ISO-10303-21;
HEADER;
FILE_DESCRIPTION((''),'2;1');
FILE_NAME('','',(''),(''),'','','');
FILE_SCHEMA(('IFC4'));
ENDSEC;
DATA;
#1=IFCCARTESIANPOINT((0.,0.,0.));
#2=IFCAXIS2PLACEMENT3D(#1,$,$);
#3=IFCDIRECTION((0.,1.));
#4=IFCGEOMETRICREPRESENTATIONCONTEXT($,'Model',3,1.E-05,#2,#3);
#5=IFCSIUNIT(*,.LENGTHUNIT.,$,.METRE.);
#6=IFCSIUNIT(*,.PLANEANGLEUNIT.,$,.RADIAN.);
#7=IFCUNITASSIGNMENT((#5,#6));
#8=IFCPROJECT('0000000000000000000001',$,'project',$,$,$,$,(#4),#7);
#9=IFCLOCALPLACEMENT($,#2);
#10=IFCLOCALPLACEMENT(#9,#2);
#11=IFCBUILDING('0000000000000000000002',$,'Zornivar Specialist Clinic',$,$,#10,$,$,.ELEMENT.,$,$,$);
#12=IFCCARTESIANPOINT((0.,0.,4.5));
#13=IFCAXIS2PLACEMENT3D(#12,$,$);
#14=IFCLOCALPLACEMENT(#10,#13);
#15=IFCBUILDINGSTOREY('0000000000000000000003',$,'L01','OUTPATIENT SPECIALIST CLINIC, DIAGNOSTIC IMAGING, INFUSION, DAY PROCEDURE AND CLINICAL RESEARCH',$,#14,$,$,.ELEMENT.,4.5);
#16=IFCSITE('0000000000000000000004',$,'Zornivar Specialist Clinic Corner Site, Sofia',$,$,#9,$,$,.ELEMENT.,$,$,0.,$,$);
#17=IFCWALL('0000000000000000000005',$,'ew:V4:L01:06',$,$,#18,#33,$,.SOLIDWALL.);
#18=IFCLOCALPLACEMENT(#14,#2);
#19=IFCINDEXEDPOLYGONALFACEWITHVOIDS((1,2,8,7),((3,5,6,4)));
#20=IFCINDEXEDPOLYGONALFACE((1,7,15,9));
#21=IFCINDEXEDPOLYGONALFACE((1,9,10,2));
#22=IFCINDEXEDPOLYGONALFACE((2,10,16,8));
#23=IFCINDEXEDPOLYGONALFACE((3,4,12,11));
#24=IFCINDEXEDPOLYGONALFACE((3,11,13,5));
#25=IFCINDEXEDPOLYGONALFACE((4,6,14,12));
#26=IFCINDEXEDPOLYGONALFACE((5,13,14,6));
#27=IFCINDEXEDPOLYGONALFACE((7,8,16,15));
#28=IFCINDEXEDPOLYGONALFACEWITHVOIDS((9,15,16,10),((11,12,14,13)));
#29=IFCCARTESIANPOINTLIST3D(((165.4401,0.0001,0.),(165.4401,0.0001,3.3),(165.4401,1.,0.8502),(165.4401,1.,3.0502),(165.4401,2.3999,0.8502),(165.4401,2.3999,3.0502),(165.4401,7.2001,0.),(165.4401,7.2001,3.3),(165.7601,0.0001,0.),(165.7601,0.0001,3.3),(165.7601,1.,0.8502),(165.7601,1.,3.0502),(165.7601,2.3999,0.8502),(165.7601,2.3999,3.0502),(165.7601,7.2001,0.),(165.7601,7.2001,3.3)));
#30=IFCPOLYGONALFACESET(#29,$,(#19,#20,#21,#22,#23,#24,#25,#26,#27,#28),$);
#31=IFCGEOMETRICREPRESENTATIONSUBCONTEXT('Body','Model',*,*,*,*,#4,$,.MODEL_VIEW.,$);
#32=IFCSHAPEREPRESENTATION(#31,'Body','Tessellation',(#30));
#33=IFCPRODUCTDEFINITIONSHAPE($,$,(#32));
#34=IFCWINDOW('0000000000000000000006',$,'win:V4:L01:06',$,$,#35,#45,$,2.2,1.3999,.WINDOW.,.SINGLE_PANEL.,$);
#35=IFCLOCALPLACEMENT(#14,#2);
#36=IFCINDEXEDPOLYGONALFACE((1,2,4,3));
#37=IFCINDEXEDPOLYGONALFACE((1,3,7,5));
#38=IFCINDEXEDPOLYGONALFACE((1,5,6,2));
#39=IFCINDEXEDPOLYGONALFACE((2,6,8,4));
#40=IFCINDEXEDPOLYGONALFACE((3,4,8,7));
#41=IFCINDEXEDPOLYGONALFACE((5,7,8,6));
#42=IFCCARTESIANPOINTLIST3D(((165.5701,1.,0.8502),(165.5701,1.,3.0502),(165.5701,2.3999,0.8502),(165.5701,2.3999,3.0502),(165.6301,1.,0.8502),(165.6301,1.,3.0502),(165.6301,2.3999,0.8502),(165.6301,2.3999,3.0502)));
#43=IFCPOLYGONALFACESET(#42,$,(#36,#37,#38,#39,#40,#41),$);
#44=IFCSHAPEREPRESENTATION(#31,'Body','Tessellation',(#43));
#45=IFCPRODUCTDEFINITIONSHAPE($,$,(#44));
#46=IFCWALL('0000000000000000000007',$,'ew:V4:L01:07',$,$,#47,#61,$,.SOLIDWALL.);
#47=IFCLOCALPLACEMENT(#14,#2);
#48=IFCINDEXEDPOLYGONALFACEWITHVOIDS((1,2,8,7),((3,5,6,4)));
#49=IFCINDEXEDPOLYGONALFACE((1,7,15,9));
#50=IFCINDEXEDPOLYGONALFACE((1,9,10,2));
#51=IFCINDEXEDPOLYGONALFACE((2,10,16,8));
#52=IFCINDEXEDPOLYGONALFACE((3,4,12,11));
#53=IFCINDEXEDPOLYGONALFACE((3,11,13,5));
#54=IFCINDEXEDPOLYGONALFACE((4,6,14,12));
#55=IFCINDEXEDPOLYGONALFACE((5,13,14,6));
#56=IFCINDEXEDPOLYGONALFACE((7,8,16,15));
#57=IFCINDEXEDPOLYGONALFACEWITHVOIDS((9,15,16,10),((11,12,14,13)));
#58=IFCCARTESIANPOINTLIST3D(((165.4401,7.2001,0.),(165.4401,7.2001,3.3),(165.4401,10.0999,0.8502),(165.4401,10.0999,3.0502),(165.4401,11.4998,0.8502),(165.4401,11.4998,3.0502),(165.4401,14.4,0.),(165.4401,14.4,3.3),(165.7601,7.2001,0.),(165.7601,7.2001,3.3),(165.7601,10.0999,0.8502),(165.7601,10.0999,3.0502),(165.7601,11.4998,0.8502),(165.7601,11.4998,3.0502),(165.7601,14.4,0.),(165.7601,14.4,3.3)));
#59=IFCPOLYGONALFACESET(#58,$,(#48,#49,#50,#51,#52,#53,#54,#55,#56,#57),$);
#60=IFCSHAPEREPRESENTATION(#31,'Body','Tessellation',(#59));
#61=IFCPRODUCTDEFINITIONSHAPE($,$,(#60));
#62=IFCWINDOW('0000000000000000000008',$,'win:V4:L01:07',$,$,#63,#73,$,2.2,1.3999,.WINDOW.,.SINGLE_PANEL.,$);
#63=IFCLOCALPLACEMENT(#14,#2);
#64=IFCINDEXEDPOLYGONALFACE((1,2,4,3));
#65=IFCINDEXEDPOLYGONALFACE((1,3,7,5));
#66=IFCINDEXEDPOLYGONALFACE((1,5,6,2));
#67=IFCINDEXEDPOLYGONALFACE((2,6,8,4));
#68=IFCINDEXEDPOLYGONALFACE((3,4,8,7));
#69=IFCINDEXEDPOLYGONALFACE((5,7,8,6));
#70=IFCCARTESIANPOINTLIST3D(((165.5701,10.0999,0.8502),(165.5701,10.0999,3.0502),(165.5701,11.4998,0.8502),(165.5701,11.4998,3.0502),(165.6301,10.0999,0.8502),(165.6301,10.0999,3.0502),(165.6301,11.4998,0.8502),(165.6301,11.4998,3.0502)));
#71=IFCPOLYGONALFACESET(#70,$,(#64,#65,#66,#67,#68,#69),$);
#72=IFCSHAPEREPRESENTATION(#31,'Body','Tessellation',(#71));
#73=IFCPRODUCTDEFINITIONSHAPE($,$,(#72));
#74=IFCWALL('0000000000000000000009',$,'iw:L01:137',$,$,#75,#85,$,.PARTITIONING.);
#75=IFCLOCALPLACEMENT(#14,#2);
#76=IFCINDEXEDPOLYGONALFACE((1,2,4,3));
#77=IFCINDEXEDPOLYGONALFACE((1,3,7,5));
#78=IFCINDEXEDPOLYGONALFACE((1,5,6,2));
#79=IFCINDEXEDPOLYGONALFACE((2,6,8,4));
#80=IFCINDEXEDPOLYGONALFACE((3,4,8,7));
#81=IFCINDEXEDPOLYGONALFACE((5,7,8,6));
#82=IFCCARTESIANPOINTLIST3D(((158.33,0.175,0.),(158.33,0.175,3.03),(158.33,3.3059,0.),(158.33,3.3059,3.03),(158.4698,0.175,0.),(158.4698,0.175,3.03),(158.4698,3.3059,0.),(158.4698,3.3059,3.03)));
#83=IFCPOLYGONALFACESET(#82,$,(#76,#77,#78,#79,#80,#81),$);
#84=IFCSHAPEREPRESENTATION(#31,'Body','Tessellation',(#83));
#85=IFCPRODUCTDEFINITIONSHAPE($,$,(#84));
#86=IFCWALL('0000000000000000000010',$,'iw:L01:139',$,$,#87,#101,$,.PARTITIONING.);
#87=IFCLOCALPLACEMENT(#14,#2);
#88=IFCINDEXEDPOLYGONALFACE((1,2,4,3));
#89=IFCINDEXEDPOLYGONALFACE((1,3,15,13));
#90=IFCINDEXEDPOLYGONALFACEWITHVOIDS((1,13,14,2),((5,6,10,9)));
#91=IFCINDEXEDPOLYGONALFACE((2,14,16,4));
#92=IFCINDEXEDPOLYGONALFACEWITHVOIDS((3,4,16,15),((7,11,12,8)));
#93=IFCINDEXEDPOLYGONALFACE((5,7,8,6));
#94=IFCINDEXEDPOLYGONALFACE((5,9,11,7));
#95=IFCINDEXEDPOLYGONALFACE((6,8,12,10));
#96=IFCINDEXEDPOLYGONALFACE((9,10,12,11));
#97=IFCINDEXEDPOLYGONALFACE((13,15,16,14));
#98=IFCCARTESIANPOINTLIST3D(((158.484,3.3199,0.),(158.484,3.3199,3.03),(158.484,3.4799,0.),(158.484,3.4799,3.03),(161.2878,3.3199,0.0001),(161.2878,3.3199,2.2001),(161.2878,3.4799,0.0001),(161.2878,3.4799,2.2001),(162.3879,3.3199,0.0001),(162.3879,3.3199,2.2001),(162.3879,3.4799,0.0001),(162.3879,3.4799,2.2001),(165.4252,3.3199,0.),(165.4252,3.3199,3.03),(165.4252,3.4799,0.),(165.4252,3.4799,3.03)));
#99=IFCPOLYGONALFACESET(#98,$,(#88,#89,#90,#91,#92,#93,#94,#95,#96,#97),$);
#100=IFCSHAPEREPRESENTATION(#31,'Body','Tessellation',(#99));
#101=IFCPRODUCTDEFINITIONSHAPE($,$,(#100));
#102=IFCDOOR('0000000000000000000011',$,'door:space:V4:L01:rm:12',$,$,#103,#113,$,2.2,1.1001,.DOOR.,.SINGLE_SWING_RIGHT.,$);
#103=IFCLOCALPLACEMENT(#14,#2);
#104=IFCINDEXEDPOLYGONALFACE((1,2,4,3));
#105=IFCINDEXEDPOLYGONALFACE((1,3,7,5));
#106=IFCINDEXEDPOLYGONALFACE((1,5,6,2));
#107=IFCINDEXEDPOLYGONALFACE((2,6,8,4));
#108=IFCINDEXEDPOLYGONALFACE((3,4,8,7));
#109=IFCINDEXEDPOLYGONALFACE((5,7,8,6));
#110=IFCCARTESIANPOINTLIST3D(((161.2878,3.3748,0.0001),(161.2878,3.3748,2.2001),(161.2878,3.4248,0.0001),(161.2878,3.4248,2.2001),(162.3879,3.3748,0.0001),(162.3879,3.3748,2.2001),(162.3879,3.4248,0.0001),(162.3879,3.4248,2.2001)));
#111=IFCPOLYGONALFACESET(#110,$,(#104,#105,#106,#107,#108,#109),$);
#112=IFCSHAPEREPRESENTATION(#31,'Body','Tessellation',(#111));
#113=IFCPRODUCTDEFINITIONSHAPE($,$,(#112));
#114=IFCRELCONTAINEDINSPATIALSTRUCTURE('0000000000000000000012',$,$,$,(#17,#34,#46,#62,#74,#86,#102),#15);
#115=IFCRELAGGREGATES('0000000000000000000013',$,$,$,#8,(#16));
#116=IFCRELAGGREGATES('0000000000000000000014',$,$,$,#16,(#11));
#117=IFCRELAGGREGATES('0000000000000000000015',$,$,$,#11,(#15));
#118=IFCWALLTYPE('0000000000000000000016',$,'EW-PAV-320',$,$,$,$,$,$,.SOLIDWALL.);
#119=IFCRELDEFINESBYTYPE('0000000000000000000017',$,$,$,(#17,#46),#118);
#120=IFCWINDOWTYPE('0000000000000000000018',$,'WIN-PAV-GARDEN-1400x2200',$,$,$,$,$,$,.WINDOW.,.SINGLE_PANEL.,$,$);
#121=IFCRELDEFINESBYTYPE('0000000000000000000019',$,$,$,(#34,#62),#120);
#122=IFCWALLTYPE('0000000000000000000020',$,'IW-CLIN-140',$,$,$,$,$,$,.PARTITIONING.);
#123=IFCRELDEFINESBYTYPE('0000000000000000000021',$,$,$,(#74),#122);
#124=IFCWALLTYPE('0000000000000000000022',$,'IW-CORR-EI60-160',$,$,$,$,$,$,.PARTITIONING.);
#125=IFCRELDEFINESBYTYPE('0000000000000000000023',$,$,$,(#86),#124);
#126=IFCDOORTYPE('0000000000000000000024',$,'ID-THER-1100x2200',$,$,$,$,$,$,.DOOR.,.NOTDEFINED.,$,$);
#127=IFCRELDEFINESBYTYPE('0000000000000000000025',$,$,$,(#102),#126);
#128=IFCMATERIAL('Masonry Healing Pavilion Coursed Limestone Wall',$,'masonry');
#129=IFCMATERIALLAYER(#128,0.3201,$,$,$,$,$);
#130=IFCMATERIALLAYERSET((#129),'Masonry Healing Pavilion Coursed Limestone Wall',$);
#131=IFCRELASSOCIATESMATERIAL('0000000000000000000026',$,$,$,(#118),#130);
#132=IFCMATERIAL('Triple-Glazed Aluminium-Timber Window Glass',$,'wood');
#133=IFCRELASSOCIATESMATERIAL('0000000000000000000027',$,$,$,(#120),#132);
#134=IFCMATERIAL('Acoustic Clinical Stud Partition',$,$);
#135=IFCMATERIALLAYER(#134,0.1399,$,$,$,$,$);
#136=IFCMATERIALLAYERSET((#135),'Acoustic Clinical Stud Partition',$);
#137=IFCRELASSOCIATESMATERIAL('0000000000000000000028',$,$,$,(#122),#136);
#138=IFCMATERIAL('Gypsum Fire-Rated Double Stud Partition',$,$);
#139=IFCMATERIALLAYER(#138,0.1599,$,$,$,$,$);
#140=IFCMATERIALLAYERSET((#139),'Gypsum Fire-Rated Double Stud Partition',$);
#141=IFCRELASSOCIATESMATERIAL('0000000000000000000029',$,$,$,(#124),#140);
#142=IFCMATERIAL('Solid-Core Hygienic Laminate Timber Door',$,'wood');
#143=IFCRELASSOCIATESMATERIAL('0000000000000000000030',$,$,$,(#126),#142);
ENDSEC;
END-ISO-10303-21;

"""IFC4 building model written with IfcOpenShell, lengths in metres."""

from ifc_helpers import new_model, si_unit, direction, frame, frame_2d, origin, place, context, subcontext, project, spatial, rectangle, extrude, material, layer, layer_set, type_object, element, fill, save


model = new_model("IFC4")

# Units and contexts
model_context = context("Model", 3, precision=1e-05, world=origin(), true_north=direction((0.0, 1.0)))
body_context = subcontext(model_context, "Body", "Model", "MODEL_VIEW")
ifc_project = project(units=[si_unit("LENGTHUNIT", "METRE"), si_unit("PLANEANGLEUNIT", "RADIAN")], contexts=[model_context])

# Site, building, storey
site_placement = place(None, origin())
site = spatial("IfcSite", under=ifc_project, at=site_placement, Name="Zornivar Specialist Clinic Corner Site, Sofia", CompositionType="ELEMENT", RefElevation=0.0)
building_placement = place(site_placement, origin())
building = spatial("IfcBuilding", under=site, at=building_placement, Name="Zornivar Specialist Clinic", CompositionType="ELEMENT")
storey_placement = place(building_placement, frame((0.0, 0.0, 4.5)))
storey = spatial("IfcBuildingStorey", under=building, at=storey_placement, Name="L01", Description="OUTPATIENT SPECIALIST CLINIC, DIAGNOSTIC IMAGING, INFUSION, DAY PROCEDURE AND CLINICAL RESEARCH", CompositionType="ELEMENT", Elevation=4.5)

# Walls, openings, windows
ifc_material_1 = material(Name="Masonry Healing Pavilion Coursed Limestone Wall", Category="masonry")
ifc_layer_1 = layer(ifc_material_1, 0.3201)
ifc_layer_set_1 = layer_set([ifc_layer_1], Name="Masonry Healing Pavilion Coursed Limestone Wall")
wall_type_1 = type_object("IfcWallType", Name="EW-PAV-320", PredefinedType="SOLIDWALL", material=ifc_layer_set_1)
ifc_material_2 = material(Name="Triple-Glazed Aluminium-Timber Window Glass", Category="wood")
window_type = type_object("IfcWindowType", Name="WIN-PAV-GARDEN-1400x2200", PartitioningType="SINGLE_PANEL", PredefinedType="WINDOW", material=ifc_material_2)
wall_1_placement = place(storey_placement, frame((165.6001, 0.0, 0.0), z_axis=(0.0, 0.0, 1.0), x_axis=(0.0, 1.0, 0.0)))
wall_1 = element("IfcWall", 1, at=wall_1_placement, inside=storey, type_object=wall_type_1, Name="ew:V4:L01:06", PredefinedType="SOLIDWALL", context=body_context, shape_type="SweptSolid", body=[
    extrude(rectangle(XDim=7.2, YDim=0.3201, at=frame_2d((3.6001, 0.0))), origin(), (0.0, 0.0, 1.0), 3.3),
])
opening_1_placement = place(wall_1_placement, frame((1.0, 0.0, 0.8501)))
opening_1 = element("IfcOpeningElement", 2, at=opening_1_placement, cuts=wall_1, PredefinedType="OPENING", context=body_context, shape_type="SweptSolid", body=[
    extrude(rectangle(XDim=1.3999, YDim=2.2, at=frame_2d((0.7, 1.1001))), frame((0.0, 0.1699, 0.0), z_axis=(0.0, -1.0, 0.0), x_axis=(1.0, 0.0, 0.0)), (0.0, 0.0, 1.0), 0.3401),
])
window_1_placement = place(opening_1_placement, origin())
window_1 = element("IfcWindow", 3, at=window_1_placement, inside=storey, type_object=window_type, Name="win:V4:L01:06", OverallHeight=2.2, OverallWidth=1.3999, PartitioningType="SINGLE_PANEL", PredefinedType="WINDOW", context=body_context, shape_type="SweptSolid", body=[
    extrude(rectangle(XDim=1.3999, YDim=2.2, at=frame_2d((0.7, 1.1001))), frame((0.0, 0.03, 0.0), z_axis=(0.0, -1.0, 0.0), x_axis=(1.0, 0.0, 0.0)), (0.0, 0.0, 1.0), 0.0601),
])
fill(opening_1, window_1)
wall_2_placement = place(storey_placement, frame((165.6001, 7.2, 0.0), z_axis=(0.0, 0.0, 1.0), x_axis=(0.0, 1.0, 0.0)))
wall_2 = element("IfcWall", 4, at=wall_2_placement, inside=storey, type_object=wall_type_1, Name="ew:V4:L01:07", PredefinedType="SOLIDWALL", context=body_context, shape_type="SweptSolid", body=[
    extrude(rectangle(XDim=7.2, YDim=0.3201, at=frame_2d((3.6001, 0.0))), origin(), (0.0, 0.0, 1.0), 3.3),
])
opening_2_placement = place(wall_2_placement, frame((2.8999, 0.0, 0.8501)))
opening_2 = element("IfcOpeningElement", 5, at=opening_2_placement, cuts=wall_2, PredefinedType="OPENING", context=body_context, shape_type="SweptSolid", body=[
    extrude(rectangle(XDim=1.3999, YDim=2.2, at=frame_2d((0.7, 1.1001))), frame((0.0, 0.1699, 0.0), z_axis=(0.0, -1.0, 0.0), x_axis=(1.0, 0.0, 0.0)), (0.0, 0.0, 1.0), 0.3401),
])
window_2_placement = place(opening_2_placement, origin())
window_2 = element("IfcWindow", 6, at=window_2_placement, inside=storey, type_object=window_type, Name="win:V4:L01:07", OverallHeight=2.2, OverallWidth=1.3999, PartitioningType="SINGLE_PANEL", PredefinedType="WINDOW", context=body_context, shape_type="SweptSolid", body=[
    extrude(rectangle(XDim=1.3999, YDim=2.2, at=frame_2d((0.7, 1.1001))), frame((0.0, 0.03, 0.0), z_axis=(0.0, -1.0, 0.0), x_axis=(1.0, 0.0, 0.0)), (0.0, 0.0, 1.0), 0.0601),
])
fill(opening_2, window_2)

# Wall
ifc_material_3 = material(Name="Acoustic Clinical Stud Partition")
ifc_layer_2 = layer(ifc_material_3, 0.1399)
ifc_layer_set_2 = layer_set([ifc_layer_2], Name="Acoustic Clinical Stud Partition")
wall_type_2 = type_object("IfcWallType", Name="IW-CLIN-140", PredefinedType="PARTITIONING", material=ifc_layer_set_2)
wall_3_placement = place(storey_placement, frame((158.3999, 3.3059, 0.0), z_axis=(0.0, 0.0, 1.0), x_axis=(0.0, -1.0, 0.0)))
element("IfcWall", 7, at=wall_3_placement, inside=storey, type_object=wall_type_2, Name="iw:L01:137", PredefinedType="PARTITIONING", context=body_context, shape_type="SweptSolid", body=[
    extrude(rectangle(XDim=3.1309, YDim=0.1399, at=frame_2d((1.5654, 0.0))), origin(), (0.0, 0.0, 1.0), 3.03),
])

# Wall, opening, door
ifc_material_4 = material(Name="Gypsum Fire-Rated Double Stud Partition")
ifc_layer_3 = layer(ifc_material_4, 0.1599)
ifc_layer_set_3 = layer_set([ifc_layer_3], Name="Gypsum Fire-Rated Double Stud Partition")
wall_type_3 = type_object("IfcWallType", Name="IW-CORR-EI60-160", PredefinedType="PARTITIONING", material=ifc_layer_set_3)
wall_4_placement = place(storey_placement, frame((158.4839, 3.3999, 0.0), z_axis=(0.0, 0.0, 1.0), x_axis=(1.0, 0.0, 0.0)))
wall_4 = element("IfcWall", 8, at=wall_4_placement, inside=storey, type_object=wall_type_3, Name="iw:L01:139", PredefinedType="PARTITIONING", context=body_context, shape_type="SweptSolid", body=[
    extrude(rectangle(XDim=6.9412, YDim=0.1599, at=frame_2d((3.4707, 0.0))), origin(), (0.0, 0.0, 1.0), 3.03),
])
opening_3_placement = place(wall_4_placement, frame((2.804, 0.0, 0.0)))
opening_3 = element("IfcOpeningElement", 9, at=opening_3_placement, cuts=wall_4, PredefinedType="OPENING", context=body_context, shape_type="SweptSolid", body=[
    extrude(rectangle(XDim=1.1001, YDim=2.2, at=frame_2d((0.55, 1.1001))), frame((0.0, 0.0898, 0.0), z_axis=(0.0, -1.0, 0.0), x_axis=(1.0, 0.0, 0.0)), (0.0, 0.0, 1.0), 0.1799),
])
ifc_material_5 = material(Name="Solid-Core Hygienic Laminate Timber Door", Category="wood")
door_type = type_object("IfcDoorType", Name="ID-THER-1100x2200", OperationType="NOTDEFINED", PredefinedType="DOOR", material=ifc_material_5)
door_placement = place(opening_3_placement, origin())
door = element("IfcDoor", 10, at=door_placement, inside=storey, type_object=door_type, Name="door:space:V4:L01:rm:12", OperationType="SINGLE_SWING_RIGHT", OverallHeight=2.2, OverallWidth=1.1001, PredefinedType="DOOR", context=body_context, shape_type="SweptSolid", body=[
    extrude(rectangle(XDim=1.1001, YDim=2.2, at=frame_2d((0.55, 1.1001))), frame((0.0, 0.0249, 0.0), z_axis=(0.0, -1.0, 0.0), x_axis=(1.0, 0.0, 0.0)), (0.0, 0.0, 1.0), 0.05),
])
fill(opening_3, door)

save(model, "model.ifc")
